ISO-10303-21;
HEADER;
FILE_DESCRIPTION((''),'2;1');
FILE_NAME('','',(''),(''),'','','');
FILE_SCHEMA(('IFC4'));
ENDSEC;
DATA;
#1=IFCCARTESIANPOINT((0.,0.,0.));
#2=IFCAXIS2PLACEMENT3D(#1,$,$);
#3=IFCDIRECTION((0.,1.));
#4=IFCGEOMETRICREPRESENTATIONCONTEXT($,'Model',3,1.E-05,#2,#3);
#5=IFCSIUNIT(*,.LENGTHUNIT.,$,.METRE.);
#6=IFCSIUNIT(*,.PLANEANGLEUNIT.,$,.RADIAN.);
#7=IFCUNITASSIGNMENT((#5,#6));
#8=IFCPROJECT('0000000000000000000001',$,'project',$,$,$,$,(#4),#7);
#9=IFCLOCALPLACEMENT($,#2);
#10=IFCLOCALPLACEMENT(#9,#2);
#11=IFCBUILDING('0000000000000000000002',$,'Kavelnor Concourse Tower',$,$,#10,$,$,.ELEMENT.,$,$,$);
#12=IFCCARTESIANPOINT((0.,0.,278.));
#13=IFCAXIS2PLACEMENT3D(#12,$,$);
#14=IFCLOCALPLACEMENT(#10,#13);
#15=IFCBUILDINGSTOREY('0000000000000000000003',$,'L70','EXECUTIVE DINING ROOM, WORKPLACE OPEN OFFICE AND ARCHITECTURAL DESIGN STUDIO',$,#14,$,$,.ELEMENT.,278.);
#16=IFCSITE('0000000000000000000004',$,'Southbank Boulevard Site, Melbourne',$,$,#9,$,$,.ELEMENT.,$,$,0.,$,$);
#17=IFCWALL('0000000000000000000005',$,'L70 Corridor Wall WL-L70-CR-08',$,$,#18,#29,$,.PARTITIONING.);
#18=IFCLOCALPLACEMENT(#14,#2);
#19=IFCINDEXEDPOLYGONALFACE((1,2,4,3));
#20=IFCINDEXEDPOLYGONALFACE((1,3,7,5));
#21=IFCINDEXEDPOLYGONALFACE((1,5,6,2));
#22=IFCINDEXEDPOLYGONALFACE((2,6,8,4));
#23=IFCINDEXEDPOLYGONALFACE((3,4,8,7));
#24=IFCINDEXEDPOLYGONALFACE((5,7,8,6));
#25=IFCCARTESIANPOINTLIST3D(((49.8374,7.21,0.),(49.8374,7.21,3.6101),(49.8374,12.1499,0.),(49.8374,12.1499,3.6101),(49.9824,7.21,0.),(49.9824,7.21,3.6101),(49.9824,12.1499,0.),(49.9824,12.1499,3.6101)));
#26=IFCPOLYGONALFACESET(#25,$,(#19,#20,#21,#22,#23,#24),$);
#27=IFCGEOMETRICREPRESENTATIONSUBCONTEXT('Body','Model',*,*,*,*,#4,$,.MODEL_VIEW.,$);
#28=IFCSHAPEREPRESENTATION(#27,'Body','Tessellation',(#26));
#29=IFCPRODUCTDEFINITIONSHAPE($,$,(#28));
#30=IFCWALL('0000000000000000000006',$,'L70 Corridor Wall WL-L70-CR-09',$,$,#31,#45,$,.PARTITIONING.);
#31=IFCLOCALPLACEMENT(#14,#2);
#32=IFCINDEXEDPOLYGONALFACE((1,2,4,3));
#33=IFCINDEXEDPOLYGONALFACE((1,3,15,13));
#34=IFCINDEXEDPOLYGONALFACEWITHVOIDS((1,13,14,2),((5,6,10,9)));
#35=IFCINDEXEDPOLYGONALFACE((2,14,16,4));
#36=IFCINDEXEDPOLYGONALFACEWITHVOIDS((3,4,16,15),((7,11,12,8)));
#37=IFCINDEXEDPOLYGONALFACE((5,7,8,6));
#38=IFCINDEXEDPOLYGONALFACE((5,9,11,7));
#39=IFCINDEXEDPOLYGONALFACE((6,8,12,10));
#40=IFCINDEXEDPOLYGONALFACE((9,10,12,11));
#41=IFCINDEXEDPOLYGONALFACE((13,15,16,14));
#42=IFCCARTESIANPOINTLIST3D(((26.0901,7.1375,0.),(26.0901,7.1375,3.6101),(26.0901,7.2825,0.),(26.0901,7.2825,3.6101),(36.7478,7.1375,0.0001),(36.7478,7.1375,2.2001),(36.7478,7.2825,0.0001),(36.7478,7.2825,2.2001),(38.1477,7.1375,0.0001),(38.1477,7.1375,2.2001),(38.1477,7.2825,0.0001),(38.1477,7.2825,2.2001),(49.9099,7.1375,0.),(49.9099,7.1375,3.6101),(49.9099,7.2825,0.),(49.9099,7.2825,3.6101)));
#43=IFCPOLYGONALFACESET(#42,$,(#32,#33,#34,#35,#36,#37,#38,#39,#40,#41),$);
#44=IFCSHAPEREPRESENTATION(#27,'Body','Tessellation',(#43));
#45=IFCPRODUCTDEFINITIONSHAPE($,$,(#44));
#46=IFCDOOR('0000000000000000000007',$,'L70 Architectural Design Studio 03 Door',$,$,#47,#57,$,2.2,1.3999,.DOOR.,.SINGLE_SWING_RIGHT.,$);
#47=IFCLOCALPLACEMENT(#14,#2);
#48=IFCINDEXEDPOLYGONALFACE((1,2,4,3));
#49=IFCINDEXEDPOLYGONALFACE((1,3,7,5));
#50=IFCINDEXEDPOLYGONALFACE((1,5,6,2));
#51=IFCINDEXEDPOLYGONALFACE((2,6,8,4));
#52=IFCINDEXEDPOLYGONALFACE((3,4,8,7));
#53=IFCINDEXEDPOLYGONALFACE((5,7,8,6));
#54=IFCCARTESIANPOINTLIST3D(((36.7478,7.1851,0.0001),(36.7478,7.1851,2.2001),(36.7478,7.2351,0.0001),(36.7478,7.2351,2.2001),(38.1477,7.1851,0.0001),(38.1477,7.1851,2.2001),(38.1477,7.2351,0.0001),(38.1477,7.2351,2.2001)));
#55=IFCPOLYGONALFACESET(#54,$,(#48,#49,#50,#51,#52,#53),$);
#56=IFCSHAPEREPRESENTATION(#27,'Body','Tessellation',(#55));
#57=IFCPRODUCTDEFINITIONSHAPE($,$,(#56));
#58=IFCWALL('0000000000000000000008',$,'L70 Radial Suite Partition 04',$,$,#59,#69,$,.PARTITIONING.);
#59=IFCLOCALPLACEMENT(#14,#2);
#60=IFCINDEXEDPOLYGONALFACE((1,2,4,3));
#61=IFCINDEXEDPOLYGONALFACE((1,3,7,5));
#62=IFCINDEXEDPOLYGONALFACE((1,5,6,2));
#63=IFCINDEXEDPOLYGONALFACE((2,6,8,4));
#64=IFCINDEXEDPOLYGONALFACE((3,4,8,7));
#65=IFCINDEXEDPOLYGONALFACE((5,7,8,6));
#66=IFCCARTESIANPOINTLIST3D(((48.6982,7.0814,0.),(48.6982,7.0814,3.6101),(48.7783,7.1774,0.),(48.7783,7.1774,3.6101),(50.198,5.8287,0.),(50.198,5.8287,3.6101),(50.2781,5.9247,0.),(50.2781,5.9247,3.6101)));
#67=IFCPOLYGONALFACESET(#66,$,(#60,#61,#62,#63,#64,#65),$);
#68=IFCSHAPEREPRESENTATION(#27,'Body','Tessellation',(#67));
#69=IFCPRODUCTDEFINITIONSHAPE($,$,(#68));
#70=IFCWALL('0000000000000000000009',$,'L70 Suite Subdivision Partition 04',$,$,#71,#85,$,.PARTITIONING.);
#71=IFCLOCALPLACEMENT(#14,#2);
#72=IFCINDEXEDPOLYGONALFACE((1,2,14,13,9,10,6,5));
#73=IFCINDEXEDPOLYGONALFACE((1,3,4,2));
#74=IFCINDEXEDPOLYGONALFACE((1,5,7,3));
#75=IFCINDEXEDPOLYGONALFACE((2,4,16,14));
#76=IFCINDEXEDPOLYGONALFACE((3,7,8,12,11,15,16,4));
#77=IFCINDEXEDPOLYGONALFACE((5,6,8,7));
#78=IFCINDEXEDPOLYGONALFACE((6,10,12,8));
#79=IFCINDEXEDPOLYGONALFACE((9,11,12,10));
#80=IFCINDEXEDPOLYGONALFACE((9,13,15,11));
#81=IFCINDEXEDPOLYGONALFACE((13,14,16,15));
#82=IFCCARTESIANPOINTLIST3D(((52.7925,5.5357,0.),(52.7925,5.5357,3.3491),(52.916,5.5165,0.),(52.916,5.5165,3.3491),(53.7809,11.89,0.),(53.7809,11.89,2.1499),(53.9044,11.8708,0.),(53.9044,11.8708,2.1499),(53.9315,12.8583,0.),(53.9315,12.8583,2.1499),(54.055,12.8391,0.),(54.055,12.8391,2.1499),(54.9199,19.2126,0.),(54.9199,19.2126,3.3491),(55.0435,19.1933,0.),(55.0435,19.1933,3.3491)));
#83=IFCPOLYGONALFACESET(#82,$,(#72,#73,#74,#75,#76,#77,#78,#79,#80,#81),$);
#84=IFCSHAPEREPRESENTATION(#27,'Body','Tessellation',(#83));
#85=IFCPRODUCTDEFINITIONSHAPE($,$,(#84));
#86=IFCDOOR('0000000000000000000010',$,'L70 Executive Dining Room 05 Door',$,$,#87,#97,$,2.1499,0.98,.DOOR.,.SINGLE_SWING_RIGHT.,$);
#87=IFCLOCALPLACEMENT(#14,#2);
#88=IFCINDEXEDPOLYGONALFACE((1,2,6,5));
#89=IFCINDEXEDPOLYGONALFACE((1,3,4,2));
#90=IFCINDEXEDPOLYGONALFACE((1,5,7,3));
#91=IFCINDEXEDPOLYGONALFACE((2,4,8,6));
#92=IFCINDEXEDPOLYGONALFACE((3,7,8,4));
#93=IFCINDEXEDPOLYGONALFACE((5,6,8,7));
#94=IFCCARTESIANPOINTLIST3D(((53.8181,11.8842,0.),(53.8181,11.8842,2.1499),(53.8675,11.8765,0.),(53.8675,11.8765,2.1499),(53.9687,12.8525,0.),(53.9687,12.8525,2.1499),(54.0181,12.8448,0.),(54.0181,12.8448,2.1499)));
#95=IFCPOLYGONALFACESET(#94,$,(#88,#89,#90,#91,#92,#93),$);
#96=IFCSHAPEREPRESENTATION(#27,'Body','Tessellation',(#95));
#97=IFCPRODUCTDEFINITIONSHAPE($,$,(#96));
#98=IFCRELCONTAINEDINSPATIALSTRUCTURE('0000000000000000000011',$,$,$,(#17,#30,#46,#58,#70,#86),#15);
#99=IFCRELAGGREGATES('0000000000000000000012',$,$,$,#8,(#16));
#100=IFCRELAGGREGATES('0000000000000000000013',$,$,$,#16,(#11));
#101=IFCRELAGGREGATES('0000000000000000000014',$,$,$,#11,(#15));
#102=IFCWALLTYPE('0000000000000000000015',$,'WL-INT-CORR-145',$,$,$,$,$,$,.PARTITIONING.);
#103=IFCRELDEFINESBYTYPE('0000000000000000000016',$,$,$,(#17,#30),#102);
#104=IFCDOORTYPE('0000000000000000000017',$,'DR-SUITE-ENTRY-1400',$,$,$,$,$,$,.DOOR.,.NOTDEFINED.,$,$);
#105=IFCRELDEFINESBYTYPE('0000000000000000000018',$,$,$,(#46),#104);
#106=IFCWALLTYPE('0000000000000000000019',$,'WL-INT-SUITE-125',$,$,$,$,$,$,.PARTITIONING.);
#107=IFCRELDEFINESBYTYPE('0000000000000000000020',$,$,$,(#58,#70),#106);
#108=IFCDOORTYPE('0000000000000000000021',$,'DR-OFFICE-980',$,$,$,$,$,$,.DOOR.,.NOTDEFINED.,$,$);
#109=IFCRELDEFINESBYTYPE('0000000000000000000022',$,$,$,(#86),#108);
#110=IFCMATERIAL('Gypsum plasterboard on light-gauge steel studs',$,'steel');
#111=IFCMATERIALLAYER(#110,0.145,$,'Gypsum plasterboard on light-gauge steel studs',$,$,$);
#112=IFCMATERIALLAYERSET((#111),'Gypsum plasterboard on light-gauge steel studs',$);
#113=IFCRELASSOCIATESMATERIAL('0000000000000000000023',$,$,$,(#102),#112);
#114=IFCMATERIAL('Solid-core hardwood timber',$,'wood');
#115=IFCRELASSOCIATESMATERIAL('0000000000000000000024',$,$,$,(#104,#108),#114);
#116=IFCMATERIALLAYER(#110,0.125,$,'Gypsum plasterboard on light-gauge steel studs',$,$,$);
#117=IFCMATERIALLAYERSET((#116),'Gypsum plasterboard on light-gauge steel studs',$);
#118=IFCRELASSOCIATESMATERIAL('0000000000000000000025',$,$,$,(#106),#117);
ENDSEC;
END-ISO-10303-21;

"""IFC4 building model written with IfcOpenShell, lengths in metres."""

from ifc_helpers import new_model, si_unit, direction, frame, frame_2d, origin, place, context, subcontext, project, spatial, rectangle, extrude, material, layer, layer_set, type_object, element, fill, save


model = new_model("IFC4")

# Units and contexts
model_context = context("Model", 3, precision=1e-05, world=origin(), true_north=direction((0.0, 1.0)))
body_context = subcontext(model_context, "Body", "Model", "MODEL_VIEW")
ifc_project = project(units=[si_unit("LENGTHUNIT", "METRE"), si_unit("PLANEANGLEUNIT", "RADIAN")], contexts=[model_context])

# Site, building, storey
site_placement = place(None, origin())
site = spatial("IfcSite", under=ifc_project, at=site_placement, Name="Southbank Boulevard Site, Melbourne", CompositionType="ELEMENT", RefElevation=0.0)
building_placement = place(site_placement, origin())
building = spatial("IfcBuilding", under=site, at=building_placement, Name="Kavelnor Concourse Tower", CompositionType="ELEMENT")
storey_placement = place(building_placement, frame((0.0, 0.0, 278.0)))
storey = spatial("IfcBuildingStorey", under=building, at=storey_placement, Name="L70", Description="EXECUTIVE DINING ROOM, WORKPLACE OPEN OFFICE AND ARCHITECTURAL DESIGN STUDIO", CompositionType="ELEMENT", Elevation=278.0)

# Wall
ifc_material_1 = material(Name="Gypsum plasterboard on light-gauge steel studs", Category="steel")
ifc_layer_1 = layer(ifc_material_1, 0.145, Name="Gypsum plasterboard on light-gauge steel studs")
ifc_layer_set_1 = layer_set([ifc_layer_1], Name="Gypsum plasterboard on light-gauge steel studs")
wall_type_1 = type_object("IfcWallType", Name="WL-INT-CORR-145", PredefinedType="PARTITIONING", material=ifc_layer_set_1)
wall_1_placement = place(storey_placement, frame((49.9099, 12.1499, 0.0), z_axis=(0.0, 0.0, 1.0), x_axis=(0.0, -1.0, 0.0)))
element("IfcWall", 1, at=wall_1_placement, inside=storey, type_object=wall_type_1, Name="L70 Corridor Wall WL-L70-CR-08", PredefinedType="PARTITIONING", context=body_context, shape_type="SweptSolid", body=[
    extrude(rectangle(XDim=4.9399, YDim=0.145, at=frame_2d((2.47, 0.0))), origin(), (0.0, 0.0, 1.0), 3.6101),
])

# Wall, opening, door
wall_2_placement = place(storey_placement, frame((49.9099, 7.21, 0.0), z_axis=(0.0, 0.0, 1.0), x_axis=(-1.0, 0.0, 0.0)))
wall_2 = element("IfcWall", 2, at=wall_2_placement, inside=storey, type_object=wall_type_1, Name="L70 Corridor Wall WL-L70-CR-09", PredefinedType="PARTITIONING", context=body_context, shape_type="SweptSolid", body=[
    extrude(rectangle(XDim=23.8198, YDim=0.145, at=frame_2d((11.9099, 0.0))), origin(), (0.0, 0.0, 1.0), 3.6101),
])
opening_1_placement = place(wall_2_placement, frame((11.7622, 0.0, 0.0)))
opening_1 = element("IfcOpeningElement", 3, at=opening_1_placement, cuts=wall_2, PredefinedType="OPENING", context=body_context, shape_type="SweptSolid", body=[
    extrude(rectangle(XDim=1.3999, YDim=2.2, at=frame_2d((0.7, 1.1001))), frame((0.0, 0.0825, 0.0), z_axis=(0.0, -1.0, 0.0), x_axis=(1.0, 0.0, 0.0)), (0.0, 0.0, 1.0), 0.165),
])
ifc_material_2 = material(Name="Solid-core hardwood timber", Category="wood")
door_type_1 = type_object("IfcDoorType", Name="DR-SUITE-ENTRY-1400", OperationType="NOTDEFINED", PredefinedType="DOOR", material=ifc_material_2)
door_1_placement = place(opening_1_placement, origin())
door_1 = element("IfcDoor", 4, at=door_1_placement, inside=storey, type_object=door_type_1, Name="L70 Architectural Design Studio 03 Door", OperationType="SINGLE_SWING_RIGHT", OverallHeight=2.2, OverallWidth=1.3999, PredefinedType="DOOR", context=body_context, shape_type="SweptSolid", body=[
    extrude(rectangle(XDim=1.3999, YDim=2.2, at=frame_2d((0.7, 1.1001))), frame((0.0, 0.0249, 0.0), z_axis=(0.0, -1.0, 0.0), x_axis=(1.0, 0.0, 0.0)), (0.0, 0.0, 1.0), 0.05),
])
fill(opening_1, door_1)

# Wall
ifc_layer_2 = layer(ifc_material_1, 0.125, Name="Gypsum plasterboard on light-gauge steel studs")
ifc_layer_set_2 = layer_set([ifc_layer_2], Name="Gypsum plasterboard on light-gauge steel studs")
wall_type_2 = type_object("IfcWallType", Name="WL-INT-SUITE-125", PredefinedType="PARTITIONING", material=ifc_layer_set_2)
wall_3_placement = place(storey_placement, frame((48.7383, 7.1294, 0.0), z_axis=(0.0, 0.0, 1.0), x_axis=(0.767494, -0.641057, 0.0)))
element("IfcWall", 5, at=wall_3_placement, inside=storey, type_object=wall_type_2, Name="L70 Radial Suite Partition 04", PredefinedType="PARTITIONING", context=body_context, shape_type="SweptSolid", body=[
    extrude(rectangle(XDim=1.9541, YDim=0.125, at=frame_2d((0.9771, 0.0))), origin(), (0.0, 0.0, 1.0), 3.6101),
])

# Wall, opening, door
wall_4_placement = place(storey_placement, frame((52.8542, 5.5261, 0.0), z_axis=(0.0, 0.0, 1.0), x_axis=(0.153703, 0.988117, 0.0)))
wall_4 = element("IfcWall", 6, at=wall_4_placement, inside=storey, type_object=wall_type_2, Name="L70 Suite Subdivision Partition 04", PredefinedType="PARTITIONING", context=body_context, shape_type="SweptSolid", body=[
    extrude(rectangle(XDim=13.8413, YDim=0.125, at=frame_2d((6.9207, 0.0))), origin(), (0.0, 0.0, 1.0), 3.3491),
])
opening_2_placement = place(wall_4_placement, frame((6.4307, 0.0, 0.0)))
opening_2 = element("IfcOpeningElement", 7, at=opening_2_placement, cuts=wall_4, PredefinedType="OPENING", context=body_context, shape_type="SweptSolid", body=[
    extrude(rectangle(XDim=0.98, YDim=2.1499, at=frame_2d((0.49, 1.075))), frame((0.0, 0.0725, 0.0), z_axis=(0.0, -1.0, 0.0), x_axis=(1.0, 0.0, 0.0)), (0.0, 0.0, 1.0), 0.145),
])
door_type_2 = type_object("IfcDoorType", Name="DR-OFFICE-980", OperationType="NOTDEFINED", PredefinedType="DOOR", material=ifc_material_2)
door_2_placement = place(opening_2_placement, origin())
door_2 = element("IfcDoor", 8, at=door_2_placement, inside=storey, type_object=door_type_2, Name="L70 Executive Dining Room 05 Door", OperationType="SINGLE_SWING_RIGHT", OverallHeight=2.1499, OverallWidth=0.98, PredefinedType="DOOR", context=body_context, shape_type="SweptSolid", body=[
    extrude(rectangle(XDim=0.98, YDim=2.1499, at=frame_2d((0.49, 1.075))), frame((0.0, 0.0249, 0.0), z_axis=(0.0, -1.0, 0.0), x_axis=(1.0, 0.0, 0.0)), (0.0, 0.0, 1.0), 0.05),
])
fill(opening_2, door_2)

save(model, "model.ifc")
